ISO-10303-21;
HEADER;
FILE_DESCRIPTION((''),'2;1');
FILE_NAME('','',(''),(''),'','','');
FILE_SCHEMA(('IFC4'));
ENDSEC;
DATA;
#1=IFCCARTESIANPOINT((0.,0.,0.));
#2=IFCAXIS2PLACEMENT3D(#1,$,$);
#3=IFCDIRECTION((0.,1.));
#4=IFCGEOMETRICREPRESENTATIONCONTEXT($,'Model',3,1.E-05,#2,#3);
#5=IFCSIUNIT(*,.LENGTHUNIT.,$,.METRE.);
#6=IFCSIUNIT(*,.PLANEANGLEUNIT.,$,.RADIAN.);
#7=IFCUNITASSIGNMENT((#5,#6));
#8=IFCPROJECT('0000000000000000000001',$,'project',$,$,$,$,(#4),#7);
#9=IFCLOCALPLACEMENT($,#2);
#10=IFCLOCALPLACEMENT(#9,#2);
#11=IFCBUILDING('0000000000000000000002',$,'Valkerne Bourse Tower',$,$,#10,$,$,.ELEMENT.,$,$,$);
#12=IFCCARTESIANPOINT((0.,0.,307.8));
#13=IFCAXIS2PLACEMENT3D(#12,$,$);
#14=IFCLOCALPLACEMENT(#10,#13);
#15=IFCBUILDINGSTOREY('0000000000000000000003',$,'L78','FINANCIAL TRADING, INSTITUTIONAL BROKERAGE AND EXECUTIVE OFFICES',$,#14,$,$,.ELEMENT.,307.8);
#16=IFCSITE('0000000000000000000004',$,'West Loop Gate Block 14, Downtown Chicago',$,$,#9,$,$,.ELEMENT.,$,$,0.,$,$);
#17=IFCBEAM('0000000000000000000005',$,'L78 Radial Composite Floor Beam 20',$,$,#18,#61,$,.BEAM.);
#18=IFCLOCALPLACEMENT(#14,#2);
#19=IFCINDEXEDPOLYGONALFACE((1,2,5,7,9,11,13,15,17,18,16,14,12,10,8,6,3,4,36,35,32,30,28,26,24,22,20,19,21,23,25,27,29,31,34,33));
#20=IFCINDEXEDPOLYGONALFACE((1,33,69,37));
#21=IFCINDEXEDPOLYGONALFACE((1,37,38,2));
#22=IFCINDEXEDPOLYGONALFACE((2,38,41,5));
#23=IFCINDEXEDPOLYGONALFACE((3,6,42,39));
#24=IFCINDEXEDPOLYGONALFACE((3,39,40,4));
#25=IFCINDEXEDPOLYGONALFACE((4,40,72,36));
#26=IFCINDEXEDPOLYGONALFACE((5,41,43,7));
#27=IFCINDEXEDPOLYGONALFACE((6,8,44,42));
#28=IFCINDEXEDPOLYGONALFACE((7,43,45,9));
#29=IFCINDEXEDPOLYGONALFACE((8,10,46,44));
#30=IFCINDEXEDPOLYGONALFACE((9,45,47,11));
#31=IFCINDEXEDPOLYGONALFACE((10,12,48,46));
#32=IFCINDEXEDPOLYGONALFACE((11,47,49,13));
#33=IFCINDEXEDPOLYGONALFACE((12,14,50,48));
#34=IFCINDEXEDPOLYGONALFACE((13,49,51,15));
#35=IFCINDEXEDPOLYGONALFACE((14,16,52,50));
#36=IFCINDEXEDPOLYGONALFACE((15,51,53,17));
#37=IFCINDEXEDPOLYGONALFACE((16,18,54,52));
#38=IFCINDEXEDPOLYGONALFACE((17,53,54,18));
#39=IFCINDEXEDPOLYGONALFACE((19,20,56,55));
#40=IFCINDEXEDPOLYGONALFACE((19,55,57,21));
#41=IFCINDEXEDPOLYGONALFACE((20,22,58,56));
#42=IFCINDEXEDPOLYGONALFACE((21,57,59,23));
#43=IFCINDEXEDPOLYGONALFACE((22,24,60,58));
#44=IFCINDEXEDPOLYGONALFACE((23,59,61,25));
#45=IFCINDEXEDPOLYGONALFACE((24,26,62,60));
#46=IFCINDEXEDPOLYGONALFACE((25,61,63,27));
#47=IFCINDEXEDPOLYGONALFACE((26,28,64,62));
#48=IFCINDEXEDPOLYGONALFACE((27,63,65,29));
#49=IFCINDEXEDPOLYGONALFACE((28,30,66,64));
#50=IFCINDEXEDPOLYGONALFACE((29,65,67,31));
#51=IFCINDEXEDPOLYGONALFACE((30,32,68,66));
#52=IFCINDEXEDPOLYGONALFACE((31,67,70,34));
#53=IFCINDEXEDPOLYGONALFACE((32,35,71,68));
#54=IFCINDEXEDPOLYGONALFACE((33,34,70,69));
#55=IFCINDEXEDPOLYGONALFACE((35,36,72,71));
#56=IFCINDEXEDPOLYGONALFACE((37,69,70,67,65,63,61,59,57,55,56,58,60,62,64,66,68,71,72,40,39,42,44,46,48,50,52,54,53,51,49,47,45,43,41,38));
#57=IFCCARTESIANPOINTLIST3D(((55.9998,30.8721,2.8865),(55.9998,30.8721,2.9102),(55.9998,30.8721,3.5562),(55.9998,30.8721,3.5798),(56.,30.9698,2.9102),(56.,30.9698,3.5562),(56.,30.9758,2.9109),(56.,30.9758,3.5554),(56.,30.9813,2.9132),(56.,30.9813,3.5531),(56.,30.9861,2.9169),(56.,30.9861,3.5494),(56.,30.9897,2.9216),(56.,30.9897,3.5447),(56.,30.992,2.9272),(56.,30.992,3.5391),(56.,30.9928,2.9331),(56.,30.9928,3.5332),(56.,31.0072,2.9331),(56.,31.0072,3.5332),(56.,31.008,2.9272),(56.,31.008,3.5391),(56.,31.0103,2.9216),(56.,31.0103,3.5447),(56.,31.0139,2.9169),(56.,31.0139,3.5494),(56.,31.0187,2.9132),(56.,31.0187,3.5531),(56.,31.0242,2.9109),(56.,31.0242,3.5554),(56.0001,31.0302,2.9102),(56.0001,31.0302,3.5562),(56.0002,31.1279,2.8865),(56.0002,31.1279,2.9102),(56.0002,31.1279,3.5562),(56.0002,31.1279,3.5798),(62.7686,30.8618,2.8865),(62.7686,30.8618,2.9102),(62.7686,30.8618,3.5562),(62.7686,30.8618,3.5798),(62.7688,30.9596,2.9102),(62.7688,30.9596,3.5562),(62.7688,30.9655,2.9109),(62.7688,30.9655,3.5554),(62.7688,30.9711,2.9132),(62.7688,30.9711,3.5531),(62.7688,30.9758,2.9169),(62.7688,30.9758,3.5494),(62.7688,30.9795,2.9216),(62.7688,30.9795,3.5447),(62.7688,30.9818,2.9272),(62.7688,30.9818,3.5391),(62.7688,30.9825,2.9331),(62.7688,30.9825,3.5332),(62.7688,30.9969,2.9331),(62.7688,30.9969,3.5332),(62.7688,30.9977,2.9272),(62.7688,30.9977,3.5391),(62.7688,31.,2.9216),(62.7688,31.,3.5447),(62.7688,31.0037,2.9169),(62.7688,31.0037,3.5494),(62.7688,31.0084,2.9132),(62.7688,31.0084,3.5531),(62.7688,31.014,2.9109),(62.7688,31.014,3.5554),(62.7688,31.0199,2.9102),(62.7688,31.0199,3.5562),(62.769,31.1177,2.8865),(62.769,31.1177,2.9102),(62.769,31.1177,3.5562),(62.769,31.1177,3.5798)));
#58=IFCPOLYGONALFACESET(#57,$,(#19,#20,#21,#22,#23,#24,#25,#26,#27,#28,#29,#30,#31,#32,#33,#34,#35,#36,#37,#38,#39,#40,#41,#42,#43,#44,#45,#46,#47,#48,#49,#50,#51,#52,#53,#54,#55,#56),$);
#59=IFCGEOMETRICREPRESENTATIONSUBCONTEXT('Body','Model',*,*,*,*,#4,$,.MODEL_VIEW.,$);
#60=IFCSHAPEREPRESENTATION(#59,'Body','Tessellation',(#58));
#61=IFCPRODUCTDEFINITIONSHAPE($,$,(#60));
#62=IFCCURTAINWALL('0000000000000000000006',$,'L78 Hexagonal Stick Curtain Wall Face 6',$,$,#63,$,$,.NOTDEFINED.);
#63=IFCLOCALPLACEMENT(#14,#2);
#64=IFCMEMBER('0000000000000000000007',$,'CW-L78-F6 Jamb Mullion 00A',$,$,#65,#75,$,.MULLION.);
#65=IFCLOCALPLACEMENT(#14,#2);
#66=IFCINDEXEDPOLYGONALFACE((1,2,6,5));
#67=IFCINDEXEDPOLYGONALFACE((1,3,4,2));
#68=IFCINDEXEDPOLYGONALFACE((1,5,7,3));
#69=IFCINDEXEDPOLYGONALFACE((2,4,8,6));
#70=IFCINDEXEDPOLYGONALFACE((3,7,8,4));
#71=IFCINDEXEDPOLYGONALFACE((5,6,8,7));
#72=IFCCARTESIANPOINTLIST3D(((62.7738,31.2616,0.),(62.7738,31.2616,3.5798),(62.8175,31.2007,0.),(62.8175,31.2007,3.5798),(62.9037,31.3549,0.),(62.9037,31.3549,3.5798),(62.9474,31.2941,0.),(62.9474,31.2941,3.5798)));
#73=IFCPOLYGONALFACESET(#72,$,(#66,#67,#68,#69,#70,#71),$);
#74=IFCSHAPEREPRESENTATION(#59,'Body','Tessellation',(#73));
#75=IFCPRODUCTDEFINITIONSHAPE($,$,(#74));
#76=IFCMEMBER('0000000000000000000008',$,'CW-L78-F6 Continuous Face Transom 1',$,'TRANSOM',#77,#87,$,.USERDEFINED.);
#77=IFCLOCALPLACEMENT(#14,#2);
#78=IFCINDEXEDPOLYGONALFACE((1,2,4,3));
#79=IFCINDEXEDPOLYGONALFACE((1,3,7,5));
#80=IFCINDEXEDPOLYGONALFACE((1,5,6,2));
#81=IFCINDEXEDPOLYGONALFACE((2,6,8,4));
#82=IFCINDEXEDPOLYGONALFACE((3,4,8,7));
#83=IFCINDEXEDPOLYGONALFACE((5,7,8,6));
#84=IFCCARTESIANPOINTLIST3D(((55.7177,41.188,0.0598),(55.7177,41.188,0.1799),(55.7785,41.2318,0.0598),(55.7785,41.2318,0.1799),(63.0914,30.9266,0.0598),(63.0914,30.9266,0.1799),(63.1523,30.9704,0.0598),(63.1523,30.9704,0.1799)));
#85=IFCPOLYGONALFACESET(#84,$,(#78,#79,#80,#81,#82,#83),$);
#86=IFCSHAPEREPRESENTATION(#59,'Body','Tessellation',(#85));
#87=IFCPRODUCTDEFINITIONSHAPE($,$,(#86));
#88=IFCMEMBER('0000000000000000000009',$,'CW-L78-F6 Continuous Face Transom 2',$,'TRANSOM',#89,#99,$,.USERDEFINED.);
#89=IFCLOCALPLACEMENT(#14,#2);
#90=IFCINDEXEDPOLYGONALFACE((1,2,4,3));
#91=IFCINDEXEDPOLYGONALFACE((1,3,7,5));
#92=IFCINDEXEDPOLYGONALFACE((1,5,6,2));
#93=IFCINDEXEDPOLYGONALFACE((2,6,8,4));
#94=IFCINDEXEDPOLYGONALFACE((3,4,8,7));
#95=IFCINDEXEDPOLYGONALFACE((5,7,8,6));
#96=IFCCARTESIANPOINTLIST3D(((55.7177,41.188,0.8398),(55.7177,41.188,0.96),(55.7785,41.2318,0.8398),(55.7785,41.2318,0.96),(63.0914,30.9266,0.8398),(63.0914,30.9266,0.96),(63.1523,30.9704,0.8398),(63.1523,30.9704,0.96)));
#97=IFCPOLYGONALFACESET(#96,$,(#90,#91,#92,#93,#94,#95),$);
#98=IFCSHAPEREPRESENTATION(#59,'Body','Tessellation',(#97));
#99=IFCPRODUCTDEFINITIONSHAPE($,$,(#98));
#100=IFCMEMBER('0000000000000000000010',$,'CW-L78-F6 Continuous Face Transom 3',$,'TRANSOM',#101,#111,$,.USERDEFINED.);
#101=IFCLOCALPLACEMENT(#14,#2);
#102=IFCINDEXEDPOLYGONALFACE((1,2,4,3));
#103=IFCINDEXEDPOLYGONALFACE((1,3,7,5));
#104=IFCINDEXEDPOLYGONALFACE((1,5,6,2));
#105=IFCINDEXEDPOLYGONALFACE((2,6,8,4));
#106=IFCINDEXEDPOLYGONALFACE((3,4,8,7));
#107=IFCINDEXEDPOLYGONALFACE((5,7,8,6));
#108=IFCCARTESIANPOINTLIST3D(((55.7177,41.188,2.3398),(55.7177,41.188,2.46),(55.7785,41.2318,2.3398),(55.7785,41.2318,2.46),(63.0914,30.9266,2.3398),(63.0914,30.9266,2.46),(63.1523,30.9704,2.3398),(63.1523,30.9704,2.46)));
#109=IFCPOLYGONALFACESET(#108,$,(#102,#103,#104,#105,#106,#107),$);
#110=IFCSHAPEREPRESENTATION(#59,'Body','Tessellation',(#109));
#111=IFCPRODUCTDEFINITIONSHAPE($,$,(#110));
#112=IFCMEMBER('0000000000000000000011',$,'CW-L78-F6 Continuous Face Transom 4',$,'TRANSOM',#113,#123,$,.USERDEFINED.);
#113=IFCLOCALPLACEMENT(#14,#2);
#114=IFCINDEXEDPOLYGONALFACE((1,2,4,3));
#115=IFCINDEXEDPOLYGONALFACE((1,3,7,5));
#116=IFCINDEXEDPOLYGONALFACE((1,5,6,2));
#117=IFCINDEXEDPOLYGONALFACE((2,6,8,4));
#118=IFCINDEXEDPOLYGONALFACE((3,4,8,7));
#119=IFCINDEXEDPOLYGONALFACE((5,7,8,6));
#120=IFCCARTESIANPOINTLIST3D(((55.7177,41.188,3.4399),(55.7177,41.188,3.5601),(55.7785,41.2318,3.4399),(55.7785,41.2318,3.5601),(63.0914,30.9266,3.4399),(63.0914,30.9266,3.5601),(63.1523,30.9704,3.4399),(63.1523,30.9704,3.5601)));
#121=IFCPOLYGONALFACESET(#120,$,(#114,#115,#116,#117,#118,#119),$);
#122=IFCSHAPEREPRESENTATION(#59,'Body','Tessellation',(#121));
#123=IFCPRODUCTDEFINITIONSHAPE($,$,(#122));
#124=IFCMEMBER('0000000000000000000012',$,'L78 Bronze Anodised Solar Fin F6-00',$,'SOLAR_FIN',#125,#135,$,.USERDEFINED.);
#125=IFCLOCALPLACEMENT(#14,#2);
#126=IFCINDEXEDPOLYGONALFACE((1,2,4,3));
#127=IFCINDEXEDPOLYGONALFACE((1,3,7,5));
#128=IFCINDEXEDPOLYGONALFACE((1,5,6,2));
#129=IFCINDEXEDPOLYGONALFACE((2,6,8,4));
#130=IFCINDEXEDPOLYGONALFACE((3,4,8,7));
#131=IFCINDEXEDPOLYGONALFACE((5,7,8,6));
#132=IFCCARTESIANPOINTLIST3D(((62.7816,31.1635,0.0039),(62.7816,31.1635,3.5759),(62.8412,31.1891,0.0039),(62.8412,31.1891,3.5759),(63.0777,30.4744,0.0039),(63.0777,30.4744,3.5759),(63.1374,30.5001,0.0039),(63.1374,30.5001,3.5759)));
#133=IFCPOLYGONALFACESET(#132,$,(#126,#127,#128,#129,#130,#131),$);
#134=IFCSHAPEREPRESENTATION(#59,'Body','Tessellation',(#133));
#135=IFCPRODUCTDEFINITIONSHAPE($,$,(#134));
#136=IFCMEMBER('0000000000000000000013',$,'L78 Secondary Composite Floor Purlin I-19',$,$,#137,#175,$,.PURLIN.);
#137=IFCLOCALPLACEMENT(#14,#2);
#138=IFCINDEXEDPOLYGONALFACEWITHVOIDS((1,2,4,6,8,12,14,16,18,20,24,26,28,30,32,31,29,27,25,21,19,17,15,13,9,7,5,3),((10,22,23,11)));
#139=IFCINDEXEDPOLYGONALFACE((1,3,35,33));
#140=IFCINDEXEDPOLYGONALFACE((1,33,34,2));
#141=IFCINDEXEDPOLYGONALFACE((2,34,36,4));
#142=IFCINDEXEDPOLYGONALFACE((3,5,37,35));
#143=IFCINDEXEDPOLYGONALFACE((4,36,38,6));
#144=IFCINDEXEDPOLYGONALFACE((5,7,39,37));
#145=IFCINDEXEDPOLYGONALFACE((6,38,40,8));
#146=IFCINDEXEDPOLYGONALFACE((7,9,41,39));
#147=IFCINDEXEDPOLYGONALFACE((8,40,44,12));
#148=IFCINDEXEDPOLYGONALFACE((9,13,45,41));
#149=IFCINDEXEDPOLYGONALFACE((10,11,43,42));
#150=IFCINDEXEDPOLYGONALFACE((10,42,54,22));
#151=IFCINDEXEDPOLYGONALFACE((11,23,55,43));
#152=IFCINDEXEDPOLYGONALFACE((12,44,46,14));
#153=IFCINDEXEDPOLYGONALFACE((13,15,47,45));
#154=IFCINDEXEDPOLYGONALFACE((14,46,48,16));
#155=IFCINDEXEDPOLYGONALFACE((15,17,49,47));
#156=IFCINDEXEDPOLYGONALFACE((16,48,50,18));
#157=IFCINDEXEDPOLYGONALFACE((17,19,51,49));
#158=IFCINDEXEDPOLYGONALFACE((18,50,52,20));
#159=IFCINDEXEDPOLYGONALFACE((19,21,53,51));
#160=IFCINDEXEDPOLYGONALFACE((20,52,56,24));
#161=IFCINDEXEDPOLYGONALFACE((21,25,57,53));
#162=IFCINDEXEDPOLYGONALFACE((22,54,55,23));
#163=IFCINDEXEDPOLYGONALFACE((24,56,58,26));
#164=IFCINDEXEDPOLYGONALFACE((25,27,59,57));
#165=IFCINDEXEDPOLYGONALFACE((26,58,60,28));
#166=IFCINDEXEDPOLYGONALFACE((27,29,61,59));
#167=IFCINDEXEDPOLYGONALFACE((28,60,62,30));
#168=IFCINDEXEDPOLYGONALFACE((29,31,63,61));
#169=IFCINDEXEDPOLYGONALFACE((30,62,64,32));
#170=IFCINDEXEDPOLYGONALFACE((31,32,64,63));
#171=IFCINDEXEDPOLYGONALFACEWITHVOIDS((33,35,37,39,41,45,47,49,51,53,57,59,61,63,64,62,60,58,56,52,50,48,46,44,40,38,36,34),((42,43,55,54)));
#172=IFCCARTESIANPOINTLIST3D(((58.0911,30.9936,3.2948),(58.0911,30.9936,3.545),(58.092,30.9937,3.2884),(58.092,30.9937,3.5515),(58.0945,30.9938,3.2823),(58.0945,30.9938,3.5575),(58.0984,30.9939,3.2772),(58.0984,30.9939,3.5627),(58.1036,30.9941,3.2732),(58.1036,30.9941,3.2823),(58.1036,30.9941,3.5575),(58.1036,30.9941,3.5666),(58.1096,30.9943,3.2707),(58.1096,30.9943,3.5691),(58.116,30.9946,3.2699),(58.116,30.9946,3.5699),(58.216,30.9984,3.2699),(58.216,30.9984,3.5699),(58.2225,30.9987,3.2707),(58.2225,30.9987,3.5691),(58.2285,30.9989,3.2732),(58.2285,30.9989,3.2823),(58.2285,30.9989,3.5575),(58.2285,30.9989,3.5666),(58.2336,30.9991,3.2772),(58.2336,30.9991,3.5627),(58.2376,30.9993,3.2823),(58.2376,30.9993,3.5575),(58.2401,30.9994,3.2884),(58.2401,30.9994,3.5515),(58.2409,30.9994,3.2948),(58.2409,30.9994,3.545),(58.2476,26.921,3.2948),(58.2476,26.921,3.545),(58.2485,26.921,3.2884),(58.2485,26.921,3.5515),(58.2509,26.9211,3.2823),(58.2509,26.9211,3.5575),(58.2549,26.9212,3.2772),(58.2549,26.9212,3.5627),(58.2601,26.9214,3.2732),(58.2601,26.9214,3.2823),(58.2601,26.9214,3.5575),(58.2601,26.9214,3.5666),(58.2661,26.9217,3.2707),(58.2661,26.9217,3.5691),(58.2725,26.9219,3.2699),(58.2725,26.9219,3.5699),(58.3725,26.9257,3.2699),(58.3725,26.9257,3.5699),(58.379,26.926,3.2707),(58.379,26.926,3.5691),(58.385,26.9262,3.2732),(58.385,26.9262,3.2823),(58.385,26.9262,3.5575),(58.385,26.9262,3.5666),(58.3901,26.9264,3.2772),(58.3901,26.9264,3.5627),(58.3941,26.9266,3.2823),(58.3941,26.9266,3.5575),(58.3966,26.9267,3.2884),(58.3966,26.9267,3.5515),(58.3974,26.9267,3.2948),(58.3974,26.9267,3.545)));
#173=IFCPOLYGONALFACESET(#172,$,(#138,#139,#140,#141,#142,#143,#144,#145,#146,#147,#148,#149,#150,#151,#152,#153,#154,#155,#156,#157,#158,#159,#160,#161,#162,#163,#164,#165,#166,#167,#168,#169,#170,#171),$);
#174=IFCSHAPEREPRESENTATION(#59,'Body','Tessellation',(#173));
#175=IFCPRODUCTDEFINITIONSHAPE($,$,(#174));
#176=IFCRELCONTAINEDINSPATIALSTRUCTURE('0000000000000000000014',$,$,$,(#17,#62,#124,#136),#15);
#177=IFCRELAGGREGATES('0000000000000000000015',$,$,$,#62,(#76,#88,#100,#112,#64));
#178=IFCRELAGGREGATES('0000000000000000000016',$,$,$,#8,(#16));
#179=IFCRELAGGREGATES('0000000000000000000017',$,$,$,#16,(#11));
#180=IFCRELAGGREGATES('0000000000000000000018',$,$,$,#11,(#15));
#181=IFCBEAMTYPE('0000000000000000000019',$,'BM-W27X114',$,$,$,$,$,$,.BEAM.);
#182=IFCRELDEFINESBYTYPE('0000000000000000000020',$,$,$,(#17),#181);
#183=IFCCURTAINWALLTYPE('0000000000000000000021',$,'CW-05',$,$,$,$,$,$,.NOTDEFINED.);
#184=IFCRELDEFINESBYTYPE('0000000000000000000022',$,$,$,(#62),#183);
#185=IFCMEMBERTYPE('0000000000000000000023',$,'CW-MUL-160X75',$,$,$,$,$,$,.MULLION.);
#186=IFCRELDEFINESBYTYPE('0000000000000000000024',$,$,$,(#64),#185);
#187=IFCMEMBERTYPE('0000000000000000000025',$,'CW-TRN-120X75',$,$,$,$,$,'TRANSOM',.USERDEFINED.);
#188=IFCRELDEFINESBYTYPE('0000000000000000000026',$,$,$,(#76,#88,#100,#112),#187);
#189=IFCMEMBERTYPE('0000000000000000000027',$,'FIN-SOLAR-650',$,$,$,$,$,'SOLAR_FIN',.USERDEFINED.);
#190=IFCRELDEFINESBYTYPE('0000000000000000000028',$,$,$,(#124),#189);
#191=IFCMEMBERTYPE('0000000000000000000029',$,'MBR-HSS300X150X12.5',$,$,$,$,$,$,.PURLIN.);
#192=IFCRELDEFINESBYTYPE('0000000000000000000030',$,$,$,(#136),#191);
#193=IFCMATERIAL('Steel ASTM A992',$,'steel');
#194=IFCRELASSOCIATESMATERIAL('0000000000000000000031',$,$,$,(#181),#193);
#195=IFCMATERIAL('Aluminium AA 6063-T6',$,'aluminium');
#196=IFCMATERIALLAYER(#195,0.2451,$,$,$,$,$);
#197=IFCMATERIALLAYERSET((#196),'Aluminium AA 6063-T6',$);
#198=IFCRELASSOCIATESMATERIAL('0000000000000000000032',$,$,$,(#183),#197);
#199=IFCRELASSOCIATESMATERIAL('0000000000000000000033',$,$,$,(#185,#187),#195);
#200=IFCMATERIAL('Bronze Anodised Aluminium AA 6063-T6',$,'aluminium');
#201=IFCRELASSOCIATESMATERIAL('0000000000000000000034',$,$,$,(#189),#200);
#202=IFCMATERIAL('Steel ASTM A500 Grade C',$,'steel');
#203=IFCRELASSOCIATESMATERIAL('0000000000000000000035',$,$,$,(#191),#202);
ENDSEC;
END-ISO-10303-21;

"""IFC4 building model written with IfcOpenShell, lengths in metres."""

from ifc_helpers import new_model, si_unit, direction, frame, origin, origin_2d, place, context, subcontext, project, spatial, rectangle, hollow_rectangle, i_section, extrude, material, layer, layer_set, material_profile, profile_set, type_object, element, aggregate, save


model = new_model("IFC4")

# Units and contexts
model_context = context("Model", 3, precision=1e-05, world=origin(), true_north=direction((0.0, 1.0)))
body_context = subcontext(model_context, "Body", "Model", "MODEL_VIEW")
ifc_project = project(units=[si_unit("LENGTHUNIT", "METRE"), si_unit("PLANEANGLEUNIT", "RADIAN")], contexts=[model_context])

# Site, building, storey
site_placement = place(None, origin())
site = spatial("IfcSite", under=ifc_project, at=site_placement, Name="West Loop Gate Block 14, Downtown Chicago", CompositionType="ELEMENT", RefElevation=0.0)
building_placement = place(site_placement, origin())
building = spatial("IfcBuilding", under=site, at=building_placement, Name="Valkerne Bourse Tower", CompositionType="ELEMENT")
storey_placement = place(building_placement, frame((0.0, 0.0, 307.8)))
storey = spatial("IfcBuildingStorey", under=building, at=storey_placement, Name="L78", Description="FINANCIAL TRADING, INSTITUTIONAL BROKERAGE AND EXECUTIVE OFFICES", CompositionType="ELEMENT", Elevation=307.8)

# Shared definitions
ifc_material_1 = material(Name="Steel ASTM A500 Grade C", Category="steel")

# Beam
ifc_material_2 = material(Name="Steel ASTM A992", Category="steel")
ifc_material_profile_1 = material_profile(ifc_material_2, i_section(OverallWidth=0.2559, OverallDepth=0.6934, WebThickness=0.0144, FlangeThickness=0.0237, FilletRadius=0.0229, at=origin_2d()), Name="W27X114")
ifc_profile_set_1 = profile_set([ifc_material_profile_1], Name="Steel ASTM A992")
beam_type_1 = type_object("IfcBeamType", Name="BM-W27X114", PredefinedType="BEAM", material=ifc_profile_set_1)
beam_1_placement = place(storey_placement, frame((62.7688, 30.9897, 3.2332), z_axis=(-0.999999, 0.001515, 0.0), x_axis=(-0.001515, -0.999999, 0.0)))
element("IfcBeam", 1, at=beam_1_placement, inside=storey, type_object=beam_type_1, Name="L78 Radial Composite Floor Beam 20", PredefinedType="BEAM", context=body_context, shape_type="SweptSolid", body=[
    extrude(i_section(OverallWidth=0.2559, OverallDepth=0.6934, WebThickness=0.0144, FlangeThickness=0.0237, FilletRadius=0.0229, at=origin_2d()), origin(), (0.0, 0.0, 1.0), 6.7688),
])

# Curtain wall, members
ifc_material_3 = material(Name="Aluminium AA 6063-T6", Category="aluminium")
ifc_layer_1 = layer(ifc_material_3, 0.2451)
ifc_layer_set_1 = layer_set([ifc_layer_1], Name="Aluminium AA 6063-T6")
curtain_wall_type = type_object("IfcCurtainWallType", Name="CW-05", PredefinedType="NOTDEFINED", material=ifc_layer_set_1)
curtain_wall_placement = place(storey_placement, origin())
curtain_wall = element("IfcCurtainWall", 2, at=curtain_wall_placement, inside=storey, type_object=curtain_wall_type, Name="L78 Hexagonal Stick Curtain Wall Face 6", PredefinedType="NOTDEFINED")
ifc_material_profile_2 = material_profile(ifc_material_3, rectangle(XDim=0.075, YDim=0.1599, at=origin_2d()), Name="CWM-75X160")
ifc_profile_set_2 = profile_set([ifc_material_profile_2], Name="Aluminium AA 6063-T6")
member_type_1 = type_object("IfcMemberType", Name="CW-MUL-160X75", PredefinedType="MULLION", material=ifc_profile_set_2)
member_1_placement = place(storey_placement, frame((62.8606, 31.2778, 0.0), z_axis=(0.0, 0.0, 1.0), x_axis=(-0.583556, 0.812073, 0.0)))
member_1 = element("IfcMember", 3, at=member_1_placement, type_object=member_type_1, Name="CW-L78-F6 Jamb Mullion 00A", PredefinedType="MULLION", context=body_context, shape_type="SweptSolid", body=[
    extrude(rectangle(XDim=0.075, YDim=0.1599, at=origin_2d()), origin(), (0.0, 0.0, 1.0), 3.5798),
])
ifc_material_profile_3 = material_profile(ifc_material_3, rectangle(XDim=0.075, YDim=0.1201, at=origin_2d()), Name="CWT-75X120")
ifc_profile_set_3 = profile_set([ifc_material_profile_3], Name="Aluminium AA 6063-T6")
member_type_2 = type_object("IfcMemberType", Name="CW-TRN-120X75", ElementType="TRANSOM", PredefinedType="USERDEFINED", material=ifc_profile_set_3)
member_2_placement = place(storey_placement, frame((63.1218, 30.9485, 0.1199), z_axis=(-0.58355, 0.812077, 0.0), x_axis=(-0.812077, -0.58355, 0.0)))
member_2 = element("IfcMember", 4, at=member_2_placement, type_object=member_type_2, Name="CW-L78-F6 Continuous Face Transom 1", ObjectType="TRANSOM", PredefinedType="USERDEFINED", context=body_context, shape_type="SweptSolid", body=[
    extrude(rectangle(XDim=0.075, YDim=0.1201, at=origin_2d()), origin(), (0.0, 0.0, 1.0), 12.636),
])
member_3_placement = place(storey_placement, frame((63.1218, 30.9485, 0.8999), z_axis=(-0.58355, 0.812077, 0.0), x_axis=(-0.812077, -0.58355, 0.0)))
member_3 = element("IfcMember", 5, at=member_3_placement, type_object=member_type_2, Name="CW-L78-F6 Continuous Face Transom 2", ObjectType="TRANSOM", PredefinedType="USERDEFINED", context=body_context, shape_type="SweptSolid", body=[
    extrude(rectangle(XDim=0.075, YDim=0.1201, at=origin_2d()), origin(), (0.0, 0.0, 1.0), 12.636),
])
member_4_placement = place(storey_placement, frame((63.1218, 30.9485, 2.3999), z_axis=(-0.58355, 0.812077, 0.0), x_axis=(-0.812077, -0.58355, 0.0)))
member_4 = element("IfcMember", 6, at=member_4_placement, type_object=member_type_2, Name="CW-L78-F6 Continuous Face Transom 3", ObjectType="TRANSOM", PredefinedType="USERDEFINED", context=body_context, shape_type="SweptSolid", body=[
    extrude(rectangle(XDim=0.075, YDim=0.1201, at=origin_2d()), origin(), (0.0, 0.0, 1.0), 12.636),
])
member_5_placement = place(storey_placement, frame((63.1218, 30.9485, 3.5), z_axis=(-0.58355, 0.812077, 0.0), x_axis=(-0.812077, -0.58355, 0.0)))
member_5 = element("IfcMember", 7, at=member_5_placement, type_object=member_type_2, Name="CW-L78-F6 Continuous Face Transom 4", ObjectType="TRANSOM", PredefinedType="USERDEFINED", context=body_context, shape_type="SweptSolid", body=[
    extrude(rectangle(XDim=0.075, YDim=0.1201, at=origin_2d()), origin(), (0.0, 0.0, 1.0), 12.636),
])
aggregate(curtain_wall, [member_2, member_3, member_4, member_5, member_1])

# Members
ifc_material_4 = material(Name="Bronze Anodised Aluminium AA 6063-T6", Category="aluminium")
ifc_material_profile_4 = material_profile(ifc_material_4, rectangle(XDim=0.0649, YDim=0.75, at=origin_2d()), Name="FIN-65X750")
ifc_profile_set_4 = profile_set([ifc_material_profile_4], Name="Bronze Anodised Aluminium AA 6063-T6")
member_type_3 = type_object("IfcMemberType", Name="FIN-SOLAR-650", ElementType="SOLAR_FIN", PredefinedType="USERDEFINED", material=ifc_profile_set_4)
member_6_placement = place(storey_placement, frame((62.9595, 30.8318, 0.0039), z_axis=(0.0, 0.0, 1.0), x_axis=(0.91872, 0.394909, 0.0)))
element("IfcMember", 8, at=member_6_placement, inside=storey, type_object=member_type_3, Name="L78 Bronze Anodised Solar Fin F6-00", ObjectType="SOLAR_FIN", PredefinedType="USERDEFINED", context=body_context, shape_type="SweptSolid", body=[
    extrude(rectangle(XDim=0.0649, YDim=0.75, at=origin_2d()), origin(), (0.0, 0.0, 1.0), 3.572),
])
ifc_material_profile_5 = material_profile(ifc_material_1, hollow_rectangle(XDim=0.1499, YDim=0.3, WallThickness=0.0125, OuterFilletRadius=0.0249, at=origin_2d()), Name="HSS300X150X12.5")
ifc_profile_set_5 = profile_set([ifc_material_profile_5], Name="Steel ASTM A500 Grade C")
member_type_4 = type_object("IfcMemberType", Name="MBR-HSS300X150X12.5", PredefinedType="PURLIN", material=ifc_profile_set_5)
member_7_placement = place(storey_placement, frame((58.3225, 26.9238, 3.4199), z_axis=(-0.038396, 0.999263, 0.0), x_axis=(-0.999263, -0.038396, 0.0)))
element("IfcMember", 9, at=member_7_placement, inside=storey, type_object=member_type_4, Name="L78 Secondary Composite Floor Purlin I-19", PredefinedType="PURLIN", context=body_context, shape_type="SweptSolid", body=[
    extrude(hollow_rectangle(XDim=0.1499, YDim=0.3, WallThickness=0.0125, OuterFilletRadius=0.0249, at=origin_2d()), origin(), (0.0, 0.0, 1.0), 4.0757),
])

save(model, "model.ifc")
